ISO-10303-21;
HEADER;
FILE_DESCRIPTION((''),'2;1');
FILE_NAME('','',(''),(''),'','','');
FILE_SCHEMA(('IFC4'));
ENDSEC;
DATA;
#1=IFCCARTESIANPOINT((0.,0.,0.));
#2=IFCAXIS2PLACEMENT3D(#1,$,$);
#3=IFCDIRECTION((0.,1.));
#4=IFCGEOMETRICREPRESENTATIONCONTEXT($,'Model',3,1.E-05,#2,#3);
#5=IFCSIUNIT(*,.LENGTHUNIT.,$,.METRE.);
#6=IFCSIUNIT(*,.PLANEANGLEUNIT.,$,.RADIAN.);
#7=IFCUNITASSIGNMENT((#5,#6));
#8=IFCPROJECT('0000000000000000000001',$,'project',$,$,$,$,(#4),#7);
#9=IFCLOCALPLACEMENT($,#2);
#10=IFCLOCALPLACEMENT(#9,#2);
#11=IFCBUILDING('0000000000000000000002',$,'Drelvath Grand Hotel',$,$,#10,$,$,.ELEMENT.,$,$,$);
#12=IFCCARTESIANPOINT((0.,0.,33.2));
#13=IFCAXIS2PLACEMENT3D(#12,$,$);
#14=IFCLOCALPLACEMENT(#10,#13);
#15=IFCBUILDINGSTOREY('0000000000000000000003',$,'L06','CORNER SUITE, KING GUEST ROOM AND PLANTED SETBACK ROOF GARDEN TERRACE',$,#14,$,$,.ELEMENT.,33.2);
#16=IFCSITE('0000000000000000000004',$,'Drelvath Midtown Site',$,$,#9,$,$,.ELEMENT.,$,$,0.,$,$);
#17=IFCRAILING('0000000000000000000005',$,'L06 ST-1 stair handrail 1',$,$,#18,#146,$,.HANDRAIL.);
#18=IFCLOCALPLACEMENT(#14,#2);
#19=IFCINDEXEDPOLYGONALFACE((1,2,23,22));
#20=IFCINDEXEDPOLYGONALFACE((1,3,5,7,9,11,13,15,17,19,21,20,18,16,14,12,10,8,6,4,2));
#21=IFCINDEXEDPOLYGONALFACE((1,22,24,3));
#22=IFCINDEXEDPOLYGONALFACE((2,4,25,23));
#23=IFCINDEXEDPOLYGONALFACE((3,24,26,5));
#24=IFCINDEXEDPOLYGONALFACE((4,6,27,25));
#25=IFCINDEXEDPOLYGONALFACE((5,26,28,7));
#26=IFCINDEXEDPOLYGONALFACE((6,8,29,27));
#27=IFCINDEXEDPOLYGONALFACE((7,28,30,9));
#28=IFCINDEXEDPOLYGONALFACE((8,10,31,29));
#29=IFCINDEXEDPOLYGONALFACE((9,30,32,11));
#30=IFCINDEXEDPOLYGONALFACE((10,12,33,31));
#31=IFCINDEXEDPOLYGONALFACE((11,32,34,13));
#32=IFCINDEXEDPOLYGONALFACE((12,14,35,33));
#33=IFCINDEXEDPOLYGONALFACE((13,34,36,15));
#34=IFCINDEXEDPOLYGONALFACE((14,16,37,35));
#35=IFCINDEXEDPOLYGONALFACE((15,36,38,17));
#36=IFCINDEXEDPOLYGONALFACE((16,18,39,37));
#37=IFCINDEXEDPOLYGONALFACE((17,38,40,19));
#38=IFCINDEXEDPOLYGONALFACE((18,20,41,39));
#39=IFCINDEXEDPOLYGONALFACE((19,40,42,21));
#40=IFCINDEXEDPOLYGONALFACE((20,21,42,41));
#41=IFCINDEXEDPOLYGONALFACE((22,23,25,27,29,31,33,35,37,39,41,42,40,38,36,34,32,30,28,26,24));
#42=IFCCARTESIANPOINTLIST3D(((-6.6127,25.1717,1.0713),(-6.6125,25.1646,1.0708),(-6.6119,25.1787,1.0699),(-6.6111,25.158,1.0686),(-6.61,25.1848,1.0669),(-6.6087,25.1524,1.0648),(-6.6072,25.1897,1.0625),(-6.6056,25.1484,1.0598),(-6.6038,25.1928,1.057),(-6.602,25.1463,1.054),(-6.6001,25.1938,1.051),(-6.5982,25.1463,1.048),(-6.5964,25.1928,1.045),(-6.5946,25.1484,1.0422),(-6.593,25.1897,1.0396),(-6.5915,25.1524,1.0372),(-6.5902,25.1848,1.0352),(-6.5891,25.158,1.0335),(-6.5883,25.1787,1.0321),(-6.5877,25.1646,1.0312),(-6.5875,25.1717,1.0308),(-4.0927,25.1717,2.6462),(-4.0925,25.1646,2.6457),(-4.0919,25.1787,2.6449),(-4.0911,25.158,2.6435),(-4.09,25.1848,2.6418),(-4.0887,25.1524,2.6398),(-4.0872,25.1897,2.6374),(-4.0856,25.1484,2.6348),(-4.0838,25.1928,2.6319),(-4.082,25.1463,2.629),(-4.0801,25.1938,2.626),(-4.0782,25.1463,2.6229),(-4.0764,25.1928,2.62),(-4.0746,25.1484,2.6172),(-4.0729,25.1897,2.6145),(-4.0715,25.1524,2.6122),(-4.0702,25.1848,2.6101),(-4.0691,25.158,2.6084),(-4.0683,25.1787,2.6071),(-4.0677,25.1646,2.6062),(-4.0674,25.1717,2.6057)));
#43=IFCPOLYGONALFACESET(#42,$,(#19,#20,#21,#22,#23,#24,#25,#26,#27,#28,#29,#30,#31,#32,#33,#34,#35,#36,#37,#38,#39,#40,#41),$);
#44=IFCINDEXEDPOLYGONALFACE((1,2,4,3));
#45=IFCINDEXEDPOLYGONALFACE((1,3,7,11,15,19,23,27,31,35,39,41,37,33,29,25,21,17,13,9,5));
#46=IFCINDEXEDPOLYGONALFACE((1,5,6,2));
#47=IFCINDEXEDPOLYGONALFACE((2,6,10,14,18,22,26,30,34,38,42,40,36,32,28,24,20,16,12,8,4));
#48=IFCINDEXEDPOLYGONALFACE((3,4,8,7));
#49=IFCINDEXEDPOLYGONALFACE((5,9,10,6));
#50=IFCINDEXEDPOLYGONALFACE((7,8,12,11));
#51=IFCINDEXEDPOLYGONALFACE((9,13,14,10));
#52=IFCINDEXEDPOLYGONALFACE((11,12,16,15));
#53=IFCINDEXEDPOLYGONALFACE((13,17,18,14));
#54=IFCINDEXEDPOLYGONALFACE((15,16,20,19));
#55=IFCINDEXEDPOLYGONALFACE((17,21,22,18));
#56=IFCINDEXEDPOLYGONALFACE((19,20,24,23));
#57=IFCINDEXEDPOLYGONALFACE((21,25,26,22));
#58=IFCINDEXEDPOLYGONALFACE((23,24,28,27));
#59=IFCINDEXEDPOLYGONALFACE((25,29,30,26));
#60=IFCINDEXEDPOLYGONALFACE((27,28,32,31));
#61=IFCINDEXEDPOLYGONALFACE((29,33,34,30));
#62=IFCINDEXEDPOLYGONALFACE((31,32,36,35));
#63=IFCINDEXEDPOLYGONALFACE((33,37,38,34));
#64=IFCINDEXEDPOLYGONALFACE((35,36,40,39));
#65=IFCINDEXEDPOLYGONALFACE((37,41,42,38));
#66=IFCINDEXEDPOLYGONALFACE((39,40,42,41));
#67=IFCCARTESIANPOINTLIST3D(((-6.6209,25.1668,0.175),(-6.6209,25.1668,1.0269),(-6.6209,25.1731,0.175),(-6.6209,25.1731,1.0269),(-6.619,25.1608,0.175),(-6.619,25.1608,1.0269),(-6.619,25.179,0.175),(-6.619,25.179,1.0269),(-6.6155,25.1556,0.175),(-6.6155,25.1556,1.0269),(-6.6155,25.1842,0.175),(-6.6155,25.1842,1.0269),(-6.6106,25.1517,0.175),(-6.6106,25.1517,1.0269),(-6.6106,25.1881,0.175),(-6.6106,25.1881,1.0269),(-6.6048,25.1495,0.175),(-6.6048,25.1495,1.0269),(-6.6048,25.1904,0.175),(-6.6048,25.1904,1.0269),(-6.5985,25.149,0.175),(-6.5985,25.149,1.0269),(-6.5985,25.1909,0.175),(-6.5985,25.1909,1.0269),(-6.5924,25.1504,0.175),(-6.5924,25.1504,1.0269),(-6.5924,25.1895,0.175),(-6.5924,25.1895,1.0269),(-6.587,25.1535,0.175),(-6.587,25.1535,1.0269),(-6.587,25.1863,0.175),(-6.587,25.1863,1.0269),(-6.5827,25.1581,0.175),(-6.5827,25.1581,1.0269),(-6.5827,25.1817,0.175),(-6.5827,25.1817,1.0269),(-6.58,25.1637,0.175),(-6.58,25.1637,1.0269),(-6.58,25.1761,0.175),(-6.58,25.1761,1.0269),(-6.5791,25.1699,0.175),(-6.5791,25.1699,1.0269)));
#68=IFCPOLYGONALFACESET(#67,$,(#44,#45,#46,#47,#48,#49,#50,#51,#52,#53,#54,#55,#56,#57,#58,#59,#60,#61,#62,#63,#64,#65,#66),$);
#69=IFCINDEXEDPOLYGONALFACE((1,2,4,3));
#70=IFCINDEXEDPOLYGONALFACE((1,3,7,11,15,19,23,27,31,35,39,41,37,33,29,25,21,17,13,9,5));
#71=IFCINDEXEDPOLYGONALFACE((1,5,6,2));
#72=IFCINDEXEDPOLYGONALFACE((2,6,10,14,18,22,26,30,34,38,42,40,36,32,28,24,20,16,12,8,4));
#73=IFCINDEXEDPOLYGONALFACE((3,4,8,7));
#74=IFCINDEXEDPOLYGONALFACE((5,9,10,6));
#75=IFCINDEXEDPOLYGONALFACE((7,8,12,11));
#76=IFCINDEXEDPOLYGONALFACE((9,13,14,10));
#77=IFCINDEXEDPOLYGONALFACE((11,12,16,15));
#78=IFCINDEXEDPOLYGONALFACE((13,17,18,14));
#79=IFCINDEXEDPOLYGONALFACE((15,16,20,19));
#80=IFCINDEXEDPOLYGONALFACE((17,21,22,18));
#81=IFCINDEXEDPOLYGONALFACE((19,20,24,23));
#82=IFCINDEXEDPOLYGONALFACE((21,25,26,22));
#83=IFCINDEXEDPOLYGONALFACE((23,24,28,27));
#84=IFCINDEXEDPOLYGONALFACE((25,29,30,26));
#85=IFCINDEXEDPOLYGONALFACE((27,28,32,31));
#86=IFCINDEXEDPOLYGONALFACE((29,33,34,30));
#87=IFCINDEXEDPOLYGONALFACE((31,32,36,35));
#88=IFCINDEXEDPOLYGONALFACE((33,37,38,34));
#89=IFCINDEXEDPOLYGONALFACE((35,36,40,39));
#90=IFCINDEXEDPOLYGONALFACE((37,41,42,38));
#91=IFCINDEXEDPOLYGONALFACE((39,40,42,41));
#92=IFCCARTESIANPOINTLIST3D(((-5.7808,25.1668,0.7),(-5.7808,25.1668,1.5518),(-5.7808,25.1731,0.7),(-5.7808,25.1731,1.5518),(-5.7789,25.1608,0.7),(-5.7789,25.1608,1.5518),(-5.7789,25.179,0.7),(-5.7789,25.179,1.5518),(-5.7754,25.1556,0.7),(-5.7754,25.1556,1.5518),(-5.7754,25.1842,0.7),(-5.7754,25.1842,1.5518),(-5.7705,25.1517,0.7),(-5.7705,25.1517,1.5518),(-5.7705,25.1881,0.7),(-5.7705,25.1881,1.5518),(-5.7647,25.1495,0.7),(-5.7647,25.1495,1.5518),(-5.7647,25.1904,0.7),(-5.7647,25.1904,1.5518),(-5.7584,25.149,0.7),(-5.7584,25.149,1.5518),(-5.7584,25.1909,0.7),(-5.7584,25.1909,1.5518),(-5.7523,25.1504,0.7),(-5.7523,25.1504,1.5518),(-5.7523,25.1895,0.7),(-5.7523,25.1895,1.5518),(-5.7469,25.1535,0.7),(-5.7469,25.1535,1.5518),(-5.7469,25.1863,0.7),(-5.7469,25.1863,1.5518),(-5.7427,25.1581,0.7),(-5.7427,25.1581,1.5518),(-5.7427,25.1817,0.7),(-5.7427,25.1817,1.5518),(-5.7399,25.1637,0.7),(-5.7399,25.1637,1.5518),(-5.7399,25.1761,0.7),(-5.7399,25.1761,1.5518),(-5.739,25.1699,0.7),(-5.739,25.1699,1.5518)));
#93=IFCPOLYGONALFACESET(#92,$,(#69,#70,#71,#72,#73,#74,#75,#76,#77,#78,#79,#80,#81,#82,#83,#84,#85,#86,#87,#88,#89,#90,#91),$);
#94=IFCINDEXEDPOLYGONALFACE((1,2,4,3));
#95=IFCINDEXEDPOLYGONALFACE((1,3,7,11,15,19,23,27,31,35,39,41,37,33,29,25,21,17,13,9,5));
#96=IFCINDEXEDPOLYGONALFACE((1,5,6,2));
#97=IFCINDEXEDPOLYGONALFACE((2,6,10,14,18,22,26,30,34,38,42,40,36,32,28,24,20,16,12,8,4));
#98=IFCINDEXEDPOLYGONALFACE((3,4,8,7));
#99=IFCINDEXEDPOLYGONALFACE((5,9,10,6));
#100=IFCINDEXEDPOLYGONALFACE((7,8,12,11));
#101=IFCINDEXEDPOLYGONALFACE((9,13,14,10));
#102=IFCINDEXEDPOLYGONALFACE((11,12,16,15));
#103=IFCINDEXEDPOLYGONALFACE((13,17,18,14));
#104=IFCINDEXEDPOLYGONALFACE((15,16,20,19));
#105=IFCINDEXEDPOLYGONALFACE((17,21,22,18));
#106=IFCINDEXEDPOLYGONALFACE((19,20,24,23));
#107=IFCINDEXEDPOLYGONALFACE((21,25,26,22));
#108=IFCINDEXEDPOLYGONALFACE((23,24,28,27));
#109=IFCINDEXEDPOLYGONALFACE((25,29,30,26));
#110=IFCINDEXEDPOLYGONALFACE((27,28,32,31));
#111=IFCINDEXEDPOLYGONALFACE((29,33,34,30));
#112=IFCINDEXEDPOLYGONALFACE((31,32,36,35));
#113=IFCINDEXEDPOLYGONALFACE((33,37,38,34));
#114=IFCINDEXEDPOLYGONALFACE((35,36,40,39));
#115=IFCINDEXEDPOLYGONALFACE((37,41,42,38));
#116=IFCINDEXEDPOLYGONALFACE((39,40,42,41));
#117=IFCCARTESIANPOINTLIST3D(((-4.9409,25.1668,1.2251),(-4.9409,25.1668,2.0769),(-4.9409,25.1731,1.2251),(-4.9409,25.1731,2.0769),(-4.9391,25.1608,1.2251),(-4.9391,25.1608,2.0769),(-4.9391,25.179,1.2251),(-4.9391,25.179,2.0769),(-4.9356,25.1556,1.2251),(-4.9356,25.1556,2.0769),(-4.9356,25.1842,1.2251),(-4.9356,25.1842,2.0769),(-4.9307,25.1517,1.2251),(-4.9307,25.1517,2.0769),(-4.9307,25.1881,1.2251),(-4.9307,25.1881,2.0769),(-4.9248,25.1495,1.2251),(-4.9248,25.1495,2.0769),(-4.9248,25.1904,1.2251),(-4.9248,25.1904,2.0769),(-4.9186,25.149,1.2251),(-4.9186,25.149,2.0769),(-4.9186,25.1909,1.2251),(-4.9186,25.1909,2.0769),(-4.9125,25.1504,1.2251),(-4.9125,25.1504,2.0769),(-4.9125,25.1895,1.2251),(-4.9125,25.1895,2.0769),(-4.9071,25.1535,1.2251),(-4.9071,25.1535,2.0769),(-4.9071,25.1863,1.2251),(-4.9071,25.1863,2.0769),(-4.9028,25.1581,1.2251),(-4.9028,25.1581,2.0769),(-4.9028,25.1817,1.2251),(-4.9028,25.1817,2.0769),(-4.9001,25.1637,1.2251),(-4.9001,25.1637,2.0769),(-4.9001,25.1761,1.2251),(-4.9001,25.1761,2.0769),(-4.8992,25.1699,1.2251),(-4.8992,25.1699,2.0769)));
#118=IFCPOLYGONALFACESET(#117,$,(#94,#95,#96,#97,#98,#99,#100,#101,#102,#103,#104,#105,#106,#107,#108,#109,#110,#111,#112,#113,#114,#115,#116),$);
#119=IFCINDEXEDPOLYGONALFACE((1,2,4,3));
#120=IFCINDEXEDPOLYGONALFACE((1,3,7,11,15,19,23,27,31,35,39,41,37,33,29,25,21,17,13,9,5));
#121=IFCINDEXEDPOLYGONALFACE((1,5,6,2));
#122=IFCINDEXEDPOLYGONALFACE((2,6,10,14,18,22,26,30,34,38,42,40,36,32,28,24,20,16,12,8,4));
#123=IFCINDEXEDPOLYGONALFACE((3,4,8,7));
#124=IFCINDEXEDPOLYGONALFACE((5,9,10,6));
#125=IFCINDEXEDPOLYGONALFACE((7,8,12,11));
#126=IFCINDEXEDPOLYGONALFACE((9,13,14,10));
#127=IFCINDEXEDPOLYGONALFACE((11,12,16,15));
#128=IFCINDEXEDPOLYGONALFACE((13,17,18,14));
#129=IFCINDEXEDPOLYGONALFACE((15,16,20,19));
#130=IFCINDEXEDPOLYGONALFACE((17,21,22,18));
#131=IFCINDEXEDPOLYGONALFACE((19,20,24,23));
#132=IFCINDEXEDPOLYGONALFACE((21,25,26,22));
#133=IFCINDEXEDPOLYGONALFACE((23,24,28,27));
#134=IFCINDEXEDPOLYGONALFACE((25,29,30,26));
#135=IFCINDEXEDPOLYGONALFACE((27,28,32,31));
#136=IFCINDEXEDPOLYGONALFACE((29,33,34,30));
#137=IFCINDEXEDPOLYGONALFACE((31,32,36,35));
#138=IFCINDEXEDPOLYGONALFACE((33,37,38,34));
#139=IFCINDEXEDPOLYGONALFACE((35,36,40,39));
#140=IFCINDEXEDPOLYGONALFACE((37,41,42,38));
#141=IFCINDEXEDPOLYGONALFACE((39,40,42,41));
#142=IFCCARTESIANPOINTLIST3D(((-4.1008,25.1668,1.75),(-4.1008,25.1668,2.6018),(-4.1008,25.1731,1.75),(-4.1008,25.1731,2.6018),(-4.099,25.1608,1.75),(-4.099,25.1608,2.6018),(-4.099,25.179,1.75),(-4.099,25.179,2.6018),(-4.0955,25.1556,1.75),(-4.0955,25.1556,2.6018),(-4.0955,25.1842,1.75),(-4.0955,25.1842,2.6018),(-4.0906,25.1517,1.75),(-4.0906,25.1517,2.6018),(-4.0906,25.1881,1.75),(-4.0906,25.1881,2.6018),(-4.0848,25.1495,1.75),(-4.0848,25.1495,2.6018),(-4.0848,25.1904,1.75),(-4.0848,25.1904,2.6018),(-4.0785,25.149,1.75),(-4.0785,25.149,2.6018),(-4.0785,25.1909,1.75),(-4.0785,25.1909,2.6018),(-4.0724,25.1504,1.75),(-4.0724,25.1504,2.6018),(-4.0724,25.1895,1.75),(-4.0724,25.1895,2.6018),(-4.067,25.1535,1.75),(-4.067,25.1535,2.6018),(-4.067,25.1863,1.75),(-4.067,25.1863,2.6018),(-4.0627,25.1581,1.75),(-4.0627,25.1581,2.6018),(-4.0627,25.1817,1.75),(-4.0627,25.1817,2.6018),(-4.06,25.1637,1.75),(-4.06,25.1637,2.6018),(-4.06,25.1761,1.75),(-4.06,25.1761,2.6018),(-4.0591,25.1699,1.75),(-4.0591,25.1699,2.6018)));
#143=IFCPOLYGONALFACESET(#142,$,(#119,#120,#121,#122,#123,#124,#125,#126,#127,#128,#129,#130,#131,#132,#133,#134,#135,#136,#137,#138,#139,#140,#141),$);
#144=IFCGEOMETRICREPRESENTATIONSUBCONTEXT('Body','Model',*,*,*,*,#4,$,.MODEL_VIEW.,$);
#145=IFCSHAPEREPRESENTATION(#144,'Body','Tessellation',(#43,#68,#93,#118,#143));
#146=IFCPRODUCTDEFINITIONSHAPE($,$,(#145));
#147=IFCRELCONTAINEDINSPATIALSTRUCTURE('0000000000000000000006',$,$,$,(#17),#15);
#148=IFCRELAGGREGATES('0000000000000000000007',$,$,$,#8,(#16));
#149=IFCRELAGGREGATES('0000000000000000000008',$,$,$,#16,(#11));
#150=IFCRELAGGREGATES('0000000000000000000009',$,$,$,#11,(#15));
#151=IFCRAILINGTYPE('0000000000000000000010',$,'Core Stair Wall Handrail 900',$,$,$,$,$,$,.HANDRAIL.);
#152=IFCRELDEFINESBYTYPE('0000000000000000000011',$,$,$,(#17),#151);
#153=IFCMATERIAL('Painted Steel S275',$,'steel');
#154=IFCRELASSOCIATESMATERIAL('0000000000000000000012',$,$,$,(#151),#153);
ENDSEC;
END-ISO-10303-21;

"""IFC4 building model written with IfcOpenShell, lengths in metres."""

from ifc_helpers import new_model, si_unit, direction, frame, origin, origin_2d, place, context, subcontext, project, spatial, circle, extrude, material, type_object, element, save


model = new_model("IFC4")

# Units and contexts
model_context = context("Model", 3, precision=1e-05, world=origin(), true_north=direction((0.0, 1.0)))
body_context = subcontext(model_context, "Body", "Model", "MODEL_VIEW")
ifc_project = project(units=[si_unit("LENGTHUNIT", "METRE"), si_unit("PLANEANGLEUNIT", "RADIAN")], contexts=[model_context])

# Site, building, storey
site_placement = place(None, origin())
site = spatial("IfcSite", under=ifc_project, at=site_placement, Name="Drelvath Midtown Site", CompositionType="ELEMENT", RefElevation=0.0)
building_placement = place(site_placement, origin())
building = spatial("IfcBuilding", under=site, at=building_placement, Name="Drelvath Grand Hotel", CompositionType="ELEMENT")
storey_placement = place(building_placement, frame((0.0, 0.0, 33.2)))
storey = spatial("IfcBuildingStorey", under=building, at=storey_placement, Name="L06", Description="CORNER SUITE, KING GUEST ROOM AND PLANTED SETBACK ROOF GARDEN TERRACE", CompositionType="ELEMENT", Elevation=33.2)

# Shared definitions
ifc_material_1 = material(Name="Painted Steel S275", Category="steel")

# Railing
railing_type_1 = type_object("IfcRailingType", Name="Core Stair Wall Handrail 900", PredefinedType="HANDRAIL", material=ifc_material_1)
railing_1_placement = place(storey_placement, frame((-6.6001, 25.1699, 0.175)))
element("IfcRailing", 1, at=railing_1_placement, inside=storey, type_object=railing_type_1, Name="L06 ST-1 stair handrail 1", PredefinedType="HANDRAIL", context=body_context, shape_type="SweptSolid", body=[
    extrude(circle(Radius=0.0239, at=origin_2d()), frame((0.0, 0.0, 0.876), z_axis=(0.848008, 0.0, 0.529984), x_axis=(0.0, 1.0, 0.0)), (0.0, 0.0, 1.0), 2.9717),
    extrude(circle(Radius=0.021, at=origin_2d()), origin(), (0.0, 0.0, 1.0), 0.8518),
    extrude(circle(Radius=0.021, at=origin_2d()), frame((0.8401, 0.0, 0.5249)), (0.0, 0.0, 1.0), 0.8518),
    extrude(circle(Radius=0.021, at=origin_2d()), frame((1.6799, 0.0, 1.05)), (0.0, 0.0, 1.0), 0.8518),
    extrude(circle(Radius=0.021, at=origin_2d()), frame((2.52, 0.0, 1.575)), (0.0, 0.0, 1.0), 0.8518),
])

save(model, "model.ifc")
